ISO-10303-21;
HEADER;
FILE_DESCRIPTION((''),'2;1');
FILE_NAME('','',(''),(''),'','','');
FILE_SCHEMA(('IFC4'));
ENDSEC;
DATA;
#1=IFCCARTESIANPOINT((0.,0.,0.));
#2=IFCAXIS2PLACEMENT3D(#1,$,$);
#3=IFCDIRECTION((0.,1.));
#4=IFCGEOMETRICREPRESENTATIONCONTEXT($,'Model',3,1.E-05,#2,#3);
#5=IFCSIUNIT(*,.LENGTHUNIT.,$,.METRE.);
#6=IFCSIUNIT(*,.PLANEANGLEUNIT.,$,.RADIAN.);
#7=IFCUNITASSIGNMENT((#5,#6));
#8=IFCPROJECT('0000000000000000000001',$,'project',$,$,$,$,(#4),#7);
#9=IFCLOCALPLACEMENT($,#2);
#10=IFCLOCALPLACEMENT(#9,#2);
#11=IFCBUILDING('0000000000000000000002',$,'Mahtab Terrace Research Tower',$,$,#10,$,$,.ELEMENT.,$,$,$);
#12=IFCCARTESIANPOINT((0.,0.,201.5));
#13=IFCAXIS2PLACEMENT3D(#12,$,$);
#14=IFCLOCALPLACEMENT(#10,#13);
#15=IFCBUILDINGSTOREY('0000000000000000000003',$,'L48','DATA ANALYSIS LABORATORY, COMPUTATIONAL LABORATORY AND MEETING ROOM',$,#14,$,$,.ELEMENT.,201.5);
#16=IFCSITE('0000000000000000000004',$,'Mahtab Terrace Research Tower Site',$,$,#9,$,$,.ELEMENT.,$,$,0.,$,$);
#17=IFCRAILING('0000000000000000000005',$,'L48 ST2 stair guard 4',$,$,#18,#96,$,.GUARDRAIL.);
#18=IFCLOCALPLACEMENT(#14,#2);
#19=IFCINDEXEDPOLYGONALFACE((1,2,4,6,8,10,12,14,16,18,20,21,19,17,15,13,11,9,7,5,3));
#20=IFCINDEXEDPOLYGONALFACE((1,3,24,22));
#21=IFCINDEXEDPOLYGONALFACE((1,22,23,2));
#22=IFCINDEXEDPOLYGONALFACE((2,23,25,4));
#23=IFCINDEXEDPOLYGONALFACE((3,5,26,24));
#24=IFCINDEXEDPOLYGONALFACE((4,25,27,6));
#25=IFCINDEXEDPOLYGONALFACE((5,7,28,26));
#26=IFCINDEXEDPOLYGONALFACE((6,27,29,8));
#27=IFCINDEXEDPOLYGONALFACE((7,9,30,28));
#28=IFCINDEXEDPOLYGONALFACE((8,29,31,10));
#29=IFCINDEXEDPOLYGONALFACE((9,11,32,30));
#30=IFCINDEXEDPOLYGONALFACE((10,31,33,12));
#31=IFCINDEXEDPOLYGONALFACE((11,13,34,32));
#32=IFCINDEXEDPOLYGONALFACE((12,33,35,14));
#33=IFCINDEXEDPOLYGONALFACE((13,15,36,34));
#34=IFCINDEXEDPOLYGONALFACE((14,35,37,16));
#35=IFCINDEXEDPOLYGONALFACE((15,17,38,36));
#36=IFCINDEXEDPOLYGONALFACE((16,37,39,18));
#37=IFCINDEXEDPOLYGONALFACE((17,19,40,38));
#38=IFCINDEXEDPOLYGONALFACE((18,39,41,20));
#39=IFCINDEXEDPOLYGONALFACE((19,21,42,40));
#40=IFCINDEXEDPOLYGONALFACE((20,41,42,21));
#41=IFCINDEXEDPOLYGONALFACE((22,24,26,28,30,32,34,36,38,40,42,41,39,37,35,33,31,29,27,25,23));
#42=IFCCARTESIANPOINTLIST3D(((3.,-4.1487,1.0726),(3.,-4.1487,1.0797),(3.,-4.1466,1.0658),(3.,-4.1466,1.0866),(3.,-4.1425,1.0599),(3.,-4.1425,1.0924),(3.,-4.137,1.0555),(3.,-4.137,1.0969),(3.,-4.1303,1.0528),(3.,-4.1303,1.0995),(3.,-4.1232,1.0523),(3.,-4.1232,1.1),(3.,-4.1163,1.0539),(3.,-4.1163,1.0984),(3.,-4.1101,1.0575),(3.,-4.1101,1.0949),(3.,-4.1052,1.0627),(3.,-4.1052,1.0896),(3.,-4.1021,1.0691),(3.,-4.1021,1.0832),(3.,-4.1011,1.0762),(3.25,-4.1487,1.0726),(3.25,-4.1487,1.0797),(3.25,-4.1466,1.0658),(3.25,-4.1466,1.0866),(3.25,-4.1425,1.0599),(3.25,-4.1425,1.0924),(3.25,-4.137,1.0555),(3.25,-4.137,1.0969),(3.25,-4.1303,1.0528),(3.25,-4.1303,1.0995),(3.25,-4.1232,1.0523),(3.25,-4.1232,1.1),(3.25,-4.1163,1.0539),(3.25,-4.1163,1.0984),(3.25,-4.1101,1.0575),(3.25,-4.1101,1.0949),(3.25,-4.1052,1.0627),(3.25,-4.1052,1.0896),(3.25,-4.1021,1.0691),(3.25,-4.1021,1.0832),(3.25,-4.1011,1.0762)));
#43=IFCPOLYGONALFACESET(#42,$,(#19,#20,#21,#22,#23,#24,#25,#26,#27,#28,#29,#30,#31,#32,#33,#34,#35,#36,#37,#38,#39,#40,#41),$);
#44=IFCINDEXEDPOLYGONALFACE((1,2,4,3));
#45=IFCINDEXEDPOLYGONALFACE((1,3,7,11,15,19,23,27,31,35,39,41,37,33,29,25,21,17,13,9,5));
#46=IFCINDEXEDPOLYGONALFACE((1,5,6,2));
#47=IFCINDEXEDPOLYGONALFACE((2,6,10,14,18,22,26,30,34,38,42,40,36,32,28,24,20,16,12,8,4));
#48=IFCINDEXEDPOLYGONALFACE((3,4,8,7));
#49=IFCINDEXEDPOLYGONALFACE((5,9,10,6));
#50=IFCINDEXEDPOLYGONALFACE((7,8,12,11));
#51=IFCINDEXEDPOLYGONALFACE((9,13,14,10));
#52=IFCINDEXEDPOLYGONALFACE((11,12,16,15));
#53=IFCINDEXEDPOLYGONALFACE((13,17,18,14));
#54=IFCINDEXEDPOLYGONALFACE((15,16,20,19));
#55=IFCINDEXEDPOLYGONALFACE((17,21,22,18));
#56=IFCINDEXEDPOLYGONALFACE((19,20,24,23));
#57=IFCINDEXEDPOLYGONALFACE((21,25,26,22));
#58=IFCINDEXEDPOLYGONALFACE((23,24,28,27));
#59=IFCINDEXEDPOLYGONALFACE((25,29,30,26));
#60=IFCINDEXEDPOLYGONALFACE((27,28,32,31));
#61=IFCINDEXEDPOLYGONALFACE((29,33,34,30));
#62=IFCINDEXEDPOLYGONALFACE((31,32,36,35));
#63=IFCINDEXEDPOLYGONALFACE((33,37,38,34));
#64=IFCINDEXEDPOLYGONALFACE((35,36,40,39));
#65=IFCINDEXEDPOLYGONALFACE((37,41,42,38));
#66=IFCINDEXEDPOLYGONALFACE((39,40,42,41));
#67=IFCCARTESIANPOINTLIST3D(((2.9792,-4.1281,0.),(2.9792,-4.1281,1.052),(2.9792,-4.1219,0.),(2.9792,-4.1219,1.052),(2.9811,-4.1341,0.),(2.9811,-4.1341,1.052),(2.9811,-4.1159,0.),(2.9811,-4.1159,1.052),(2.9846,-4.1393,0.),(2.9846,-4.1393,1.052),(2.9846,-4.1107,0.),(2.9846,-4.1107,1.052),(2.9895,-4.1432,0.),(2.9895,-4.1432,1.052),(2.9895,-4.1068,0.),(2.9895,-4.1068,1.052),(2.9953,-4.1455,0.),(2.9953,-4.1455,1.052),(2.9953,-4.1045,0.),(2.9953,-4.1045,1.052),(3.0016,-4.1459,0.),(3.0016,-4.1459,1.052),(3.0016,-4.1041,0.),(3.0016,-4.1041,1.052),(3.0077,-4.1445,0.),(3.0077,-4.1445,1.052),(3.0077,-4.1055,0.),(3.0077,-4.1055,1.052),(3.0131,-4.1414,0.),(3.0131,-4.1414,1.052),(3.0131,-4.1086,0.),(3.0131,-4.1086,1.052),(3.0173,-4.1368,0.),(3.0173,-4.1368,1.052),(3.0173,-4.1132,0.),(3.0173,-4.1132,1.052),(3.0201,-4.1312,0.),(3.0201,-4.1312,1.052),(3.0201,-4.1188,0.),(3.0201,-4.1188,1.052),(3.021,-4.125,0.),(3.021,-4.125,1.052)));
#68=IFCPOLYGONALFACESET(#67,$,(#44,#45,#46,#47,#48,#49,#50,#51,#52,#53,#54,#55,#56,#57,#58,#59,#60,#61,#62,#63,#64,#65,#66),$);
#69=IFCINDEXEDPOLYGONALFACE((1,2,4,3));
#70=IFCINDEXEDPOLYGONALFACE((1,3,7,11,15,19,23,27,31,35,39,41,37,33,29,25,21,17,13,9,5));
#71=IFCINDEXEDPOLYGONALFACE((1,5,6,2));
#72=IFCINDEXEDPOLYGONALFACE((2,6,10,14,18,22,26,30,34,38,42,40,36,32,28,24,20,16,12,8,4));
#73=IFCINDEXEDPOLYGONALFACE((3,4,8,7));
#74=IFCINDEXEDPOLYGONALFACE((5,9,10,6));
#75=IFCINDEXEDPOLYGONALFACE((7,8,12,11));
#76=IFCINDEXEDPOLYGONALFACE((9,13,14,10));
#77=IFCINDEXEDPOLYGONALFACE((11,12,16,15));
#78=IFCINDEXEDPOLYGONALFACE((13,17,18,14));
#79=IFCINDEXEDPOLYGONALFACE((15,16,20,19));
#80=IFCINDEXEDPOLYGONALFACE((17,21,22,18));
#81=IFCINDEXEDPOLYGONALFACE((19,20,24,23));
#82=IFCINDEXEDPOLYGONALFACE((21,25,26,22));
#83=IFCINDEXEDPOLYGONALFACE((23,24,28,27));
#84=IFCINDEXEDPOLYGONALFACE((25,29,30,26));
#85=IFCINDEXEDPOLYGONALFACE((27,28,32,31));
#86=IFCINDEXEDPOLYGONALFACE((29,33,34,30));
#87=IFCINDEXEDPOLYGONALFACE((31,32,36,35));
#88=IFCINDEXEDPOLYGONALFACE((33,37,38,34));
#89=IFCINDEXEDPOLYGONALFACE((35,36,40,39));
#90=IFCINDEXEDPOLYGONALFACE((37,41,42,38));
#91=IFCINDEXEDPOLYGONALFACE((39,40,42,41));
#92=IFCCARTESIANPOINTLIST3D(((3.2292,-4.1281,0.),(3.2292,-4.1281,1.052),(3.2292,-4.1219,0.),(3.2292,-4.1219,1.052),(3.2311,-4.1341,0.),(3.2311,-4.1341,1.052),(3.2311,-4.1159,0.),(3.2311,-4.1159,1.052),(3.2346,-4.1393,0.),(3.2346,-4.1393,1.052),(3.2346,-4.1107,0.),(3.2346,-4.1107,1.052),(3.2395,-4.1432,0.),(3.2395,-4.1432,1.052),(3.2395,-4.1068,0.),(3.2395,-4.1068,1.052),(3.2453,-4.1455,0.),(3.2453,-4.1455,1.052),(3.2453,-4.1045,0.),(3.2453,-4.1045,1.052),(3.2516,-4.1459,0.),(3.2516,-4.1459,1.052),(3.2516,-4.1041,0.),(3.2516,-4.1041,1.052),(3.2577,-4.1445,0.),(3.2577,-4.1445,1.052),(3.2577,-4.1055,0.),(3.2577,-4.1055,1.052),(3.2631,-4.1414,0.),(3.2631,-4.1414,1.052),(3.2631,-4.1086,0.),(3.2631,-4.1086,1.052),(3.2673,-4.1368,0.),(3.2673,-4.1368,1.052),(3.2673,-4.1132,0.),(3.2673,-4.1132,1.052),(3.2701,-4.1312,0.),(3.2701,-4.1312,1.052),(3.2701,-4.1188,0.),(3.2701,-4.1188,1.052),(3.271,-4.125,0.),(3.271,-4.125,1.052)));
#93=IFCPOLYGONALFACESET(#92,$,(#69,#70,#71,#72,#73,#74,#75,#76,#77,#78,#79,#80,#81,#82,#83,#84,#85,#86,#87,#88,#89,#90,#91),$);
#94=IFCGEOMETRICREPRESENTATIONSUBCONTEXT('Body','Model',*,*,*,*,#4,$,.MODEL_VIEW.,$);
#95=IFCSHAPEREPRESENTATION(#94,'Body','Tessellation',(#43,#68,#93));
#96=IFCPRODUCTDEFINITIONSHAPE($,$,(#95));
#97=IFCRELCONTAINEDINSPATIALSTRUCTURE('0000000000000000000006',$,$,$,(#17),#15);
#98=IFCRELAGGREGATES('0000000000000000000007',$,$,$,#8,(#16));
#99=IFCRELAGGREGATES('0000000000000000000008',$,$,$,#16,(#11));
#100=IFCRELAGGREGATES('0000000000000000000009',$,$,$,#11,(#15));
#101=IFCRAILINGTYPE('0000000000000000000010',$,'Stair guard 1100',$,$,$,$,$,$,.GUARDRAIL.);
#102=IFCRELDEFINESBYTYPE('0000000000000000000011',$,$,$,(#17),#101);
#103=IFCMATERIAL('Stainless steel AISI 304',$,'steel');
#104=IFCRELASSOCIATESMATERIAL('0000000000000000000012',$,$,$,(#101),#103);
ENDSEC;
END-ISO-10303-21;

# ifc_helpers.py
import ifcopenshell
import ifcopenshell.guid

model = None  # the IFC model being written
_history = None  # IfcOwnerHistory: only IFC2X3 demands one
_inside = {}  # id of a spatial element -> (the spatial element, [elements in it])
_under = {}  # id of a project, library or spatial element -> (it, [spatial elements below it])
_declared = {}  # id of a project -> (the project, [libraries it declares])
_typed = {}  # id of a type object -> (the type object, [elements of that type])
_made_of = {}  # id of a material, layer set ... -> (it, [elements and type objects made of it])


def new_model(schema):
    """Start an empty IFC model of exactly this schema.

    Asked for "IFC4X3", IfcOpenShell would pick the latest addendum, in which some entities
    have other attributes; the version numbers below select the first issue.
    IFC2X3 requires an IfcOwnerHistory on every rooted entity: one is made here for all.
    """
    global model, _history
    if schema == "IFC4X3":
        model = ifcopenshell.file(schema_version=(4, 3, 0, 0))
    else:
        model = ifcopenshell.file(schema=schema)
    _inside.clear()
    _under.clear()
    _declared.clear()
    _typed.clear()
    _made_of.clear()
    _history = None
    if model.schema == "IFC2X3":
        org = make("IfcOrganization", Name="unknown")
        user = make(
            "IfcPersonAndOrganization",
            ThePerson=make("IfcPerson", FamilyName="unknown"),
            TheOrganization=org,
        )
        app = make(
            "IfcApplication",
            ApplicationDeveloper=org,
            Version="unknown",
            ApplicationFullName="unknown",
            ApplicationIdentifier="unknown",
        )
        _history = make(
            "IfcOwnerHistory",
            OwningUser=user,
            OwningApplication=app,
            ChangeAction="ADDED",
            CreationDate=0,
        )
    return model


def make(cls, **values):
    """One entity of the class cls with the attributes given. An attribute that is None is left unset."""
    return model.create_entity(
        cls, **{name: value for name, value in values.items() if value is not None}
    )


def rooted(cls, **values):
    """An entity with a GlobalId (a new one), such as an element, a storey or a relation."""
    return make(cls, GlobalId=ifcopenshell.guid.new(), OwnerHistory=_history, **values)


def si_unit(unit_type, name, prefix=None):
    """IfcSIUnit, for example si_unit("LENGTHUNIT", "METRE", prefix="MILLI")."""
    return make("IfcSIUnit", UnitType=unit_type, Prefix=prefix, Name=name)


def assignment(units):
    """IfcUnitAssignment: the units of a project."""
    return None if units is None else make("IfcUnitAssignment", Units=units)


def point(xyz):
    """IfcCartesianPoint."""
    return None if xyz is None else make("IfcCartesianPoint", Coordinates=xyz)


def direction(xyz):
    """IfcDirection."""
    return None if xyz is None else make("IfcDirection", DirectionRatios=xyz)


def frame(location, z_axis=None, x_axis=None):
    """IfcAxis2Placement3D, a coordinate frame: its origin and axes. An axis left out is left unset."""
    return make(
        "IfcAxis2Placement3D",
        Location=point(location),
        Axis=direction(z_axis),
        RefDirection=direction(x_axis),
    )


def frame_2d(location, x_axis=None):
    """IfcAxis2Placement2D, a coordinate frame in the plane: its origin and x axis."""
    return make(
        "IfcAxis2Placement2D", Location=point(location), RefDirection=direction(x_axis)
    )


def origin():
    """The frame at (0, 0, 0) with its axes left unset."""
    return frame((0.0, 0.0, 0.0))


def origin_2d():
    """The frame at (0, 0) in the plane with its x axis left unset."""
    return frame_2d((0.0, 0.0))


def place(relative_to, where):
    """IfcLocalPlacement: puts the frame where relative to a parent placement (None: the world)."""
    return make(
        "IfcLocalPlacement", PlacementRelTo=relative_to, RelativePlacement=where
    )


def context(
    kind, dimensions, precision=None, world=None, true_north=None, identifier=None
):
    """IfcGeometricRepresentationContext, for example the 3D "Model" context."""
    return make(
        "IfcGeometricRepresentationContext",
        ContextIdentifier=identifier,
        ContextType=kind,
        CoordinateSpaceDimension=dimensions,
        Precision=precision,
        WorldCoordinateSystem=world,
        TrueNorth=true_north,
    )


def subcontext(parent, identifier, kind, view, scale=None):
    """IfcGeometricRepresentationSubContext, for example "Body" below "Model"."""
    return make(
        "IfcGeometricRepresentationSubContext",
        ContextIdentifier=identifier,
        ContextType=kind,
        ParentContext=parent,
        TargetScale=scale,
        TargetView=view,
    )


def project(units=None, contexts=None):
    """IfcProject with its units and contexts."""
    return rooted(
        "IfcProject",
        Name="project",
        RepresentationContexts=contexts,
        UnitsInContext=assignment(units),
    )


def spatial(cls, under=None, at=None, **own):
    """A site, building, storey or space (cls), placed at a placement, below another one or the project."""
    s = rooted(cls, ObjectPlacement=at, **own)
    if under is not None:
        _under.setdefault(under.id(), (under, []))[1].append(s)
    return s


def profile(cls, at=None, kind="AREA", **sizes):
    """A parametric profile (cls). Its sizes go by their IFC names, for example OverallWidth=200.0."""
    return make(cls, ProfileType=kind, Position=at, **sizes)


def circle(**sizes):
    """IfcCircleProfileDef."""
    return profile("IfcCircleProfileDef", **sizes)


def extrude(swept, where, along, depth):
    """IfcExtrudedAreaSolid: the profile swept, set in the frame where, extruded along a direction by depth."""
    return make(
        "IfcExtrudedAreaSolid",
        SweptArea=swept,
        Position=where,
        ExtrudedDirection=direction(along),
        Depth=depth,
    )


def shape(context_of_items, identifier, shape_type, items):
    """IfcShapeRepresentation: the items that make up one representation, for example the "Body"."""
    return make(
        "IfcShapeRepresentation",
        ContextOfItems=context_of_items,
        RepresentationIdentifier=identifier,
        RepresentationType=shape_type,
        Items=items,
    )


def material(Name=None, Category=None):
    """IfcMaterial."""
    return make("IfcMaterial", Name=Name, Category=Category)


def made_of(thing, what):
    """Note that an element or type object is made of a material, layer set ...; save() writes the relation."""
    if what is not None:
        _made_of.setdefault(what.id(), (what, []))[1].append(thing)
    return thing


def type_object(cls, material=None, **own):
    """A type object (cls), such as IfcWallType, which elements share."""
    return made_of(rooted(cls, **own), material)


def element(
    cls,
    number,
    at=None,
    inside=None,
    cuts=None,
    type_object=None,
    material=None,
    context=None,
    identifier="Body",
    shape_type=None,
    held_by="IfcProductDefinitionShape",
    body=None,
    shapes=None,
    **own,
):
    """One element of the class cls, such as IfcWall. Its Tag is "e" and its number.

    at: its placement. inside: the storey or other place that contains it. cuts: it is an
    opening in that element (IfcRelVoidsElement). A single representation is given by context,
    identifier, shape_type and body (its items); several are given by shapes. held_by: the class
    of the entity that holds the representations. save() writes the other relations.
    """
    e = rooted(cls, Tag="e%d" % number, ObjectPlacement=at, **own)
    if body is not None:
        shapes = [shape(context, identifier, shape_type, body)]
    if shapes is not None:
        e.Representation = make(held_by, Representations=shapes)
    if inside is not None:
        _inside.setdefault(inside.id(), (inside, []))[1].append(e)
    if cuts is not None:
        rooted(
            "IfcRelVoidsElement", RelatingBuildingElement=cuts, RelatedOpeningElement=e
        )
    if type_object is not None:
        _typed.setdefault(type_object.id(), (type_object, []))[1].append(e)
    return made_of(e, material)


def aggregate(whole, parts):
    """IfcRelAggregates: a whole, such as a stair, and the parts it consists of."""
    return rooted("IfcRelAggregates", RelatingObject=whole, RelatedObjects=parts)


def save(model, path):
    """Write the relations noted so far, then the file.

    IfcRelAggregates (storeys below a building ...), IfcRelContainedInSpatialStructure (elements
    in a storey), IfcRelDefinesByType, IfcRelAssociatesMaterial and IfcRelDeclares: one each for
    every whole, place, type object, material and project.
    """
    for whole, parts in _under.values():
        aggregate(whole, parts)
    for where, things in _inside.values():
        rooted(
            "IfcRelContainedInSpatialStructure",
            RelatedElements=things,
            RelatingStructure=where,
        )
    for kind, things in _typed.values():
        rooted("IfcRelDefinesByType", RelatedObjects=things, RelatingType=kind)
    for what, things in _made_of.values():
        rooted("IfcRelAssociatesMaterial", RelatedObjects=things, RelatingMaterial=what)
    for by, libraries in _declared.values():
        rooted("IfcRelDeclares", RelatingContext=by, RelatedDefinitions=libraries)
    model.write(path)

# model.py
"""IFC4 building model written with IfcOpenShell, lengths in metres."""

from ifc_helpers import new_model, si_unit, direction, frame, origin, origin_2d, place, context, subcontext, project, spatial, circle, extrude, material, type_object, element, save


model = new_model("IFC4")

# Units and contexts
model_context = context("Model", 3, precision=1e-05, world=origin(), true_north=direction((0.0, 1.0)))
body_context = subcontext(model_context, "Body", "Model", "MODEL_VIEW")
ifc_project = project(units=[si_unit("LENGTHUNIT", "METRE"), si_unit("PLANEANGLEUNIT", "RADIAN")], contexts=[model_context])

# Site, building, storey
site_placement = place(None, origin())
site = spatial("IfcSite", under=ifc_project, at=site_placement, Name="Mahtab Terrace Research Tower Site", CompositionType="ELEMENT", RefElevation=0.0)
building_placement = place(site_placement, origin())
building = spatial("IfcBuilding", under=site, at=building_placement, Name="Mahtab Terrace Research Tower", CompositionType="ELEMENT")
storey_placement = place(building_placement, frame((0.0, 0.0, 201.5)))
storey = spatial("IfcBuildingStorey", under=building, at=storey_placement, Name="L48", Description="DATA ANALYSIS LABORATORY, COMPUTATIONAL LABORATORY AND MEETING ROOM", CompositionType="ELEMENT", Elevation=201.5)

# Railing
ifc_material_1 = material(Name="Stainless steel AISI 304", Category="steel")
railing_type_1 = type_object("IfcRailingType", Name="Stair guard 1100", PredefinedType="GUARDRAIL", material=ifc_material_1)
railing_1_placement = place(storey_placement, frame((3.0, -4.125, 0.0)))
element("IfcRailing", 1, at=railing_1_placement, inside=storey, type_object=railing_type_1, Name="L48 ST2 stair guard 4", PredefinedType="GUARDRAIL", context=body_context, shape_type="SweptSolid", body=[
    extrude(circle(Radius=0.0239, at=origin_2d()), frame((0.0, 0.0, 1.0762), z_axis=(1.0, 0.0, 0.0), x_axis=(0.0, 1.0, 0.0)), (0.0, 0.0, 1.0), 0.25),
    extrude(circle(Radius=0.021, at=origin_2d()), origin(), (0.0, 0.0, 1.0), 1.052),
    extrude(circle(Radius=0.021, at=origin_2d()), frame((0.25, 0.0, 0.0)), (0.0, 0.0, 1.0), 1.052),
])

save(model, "model.ifc")
